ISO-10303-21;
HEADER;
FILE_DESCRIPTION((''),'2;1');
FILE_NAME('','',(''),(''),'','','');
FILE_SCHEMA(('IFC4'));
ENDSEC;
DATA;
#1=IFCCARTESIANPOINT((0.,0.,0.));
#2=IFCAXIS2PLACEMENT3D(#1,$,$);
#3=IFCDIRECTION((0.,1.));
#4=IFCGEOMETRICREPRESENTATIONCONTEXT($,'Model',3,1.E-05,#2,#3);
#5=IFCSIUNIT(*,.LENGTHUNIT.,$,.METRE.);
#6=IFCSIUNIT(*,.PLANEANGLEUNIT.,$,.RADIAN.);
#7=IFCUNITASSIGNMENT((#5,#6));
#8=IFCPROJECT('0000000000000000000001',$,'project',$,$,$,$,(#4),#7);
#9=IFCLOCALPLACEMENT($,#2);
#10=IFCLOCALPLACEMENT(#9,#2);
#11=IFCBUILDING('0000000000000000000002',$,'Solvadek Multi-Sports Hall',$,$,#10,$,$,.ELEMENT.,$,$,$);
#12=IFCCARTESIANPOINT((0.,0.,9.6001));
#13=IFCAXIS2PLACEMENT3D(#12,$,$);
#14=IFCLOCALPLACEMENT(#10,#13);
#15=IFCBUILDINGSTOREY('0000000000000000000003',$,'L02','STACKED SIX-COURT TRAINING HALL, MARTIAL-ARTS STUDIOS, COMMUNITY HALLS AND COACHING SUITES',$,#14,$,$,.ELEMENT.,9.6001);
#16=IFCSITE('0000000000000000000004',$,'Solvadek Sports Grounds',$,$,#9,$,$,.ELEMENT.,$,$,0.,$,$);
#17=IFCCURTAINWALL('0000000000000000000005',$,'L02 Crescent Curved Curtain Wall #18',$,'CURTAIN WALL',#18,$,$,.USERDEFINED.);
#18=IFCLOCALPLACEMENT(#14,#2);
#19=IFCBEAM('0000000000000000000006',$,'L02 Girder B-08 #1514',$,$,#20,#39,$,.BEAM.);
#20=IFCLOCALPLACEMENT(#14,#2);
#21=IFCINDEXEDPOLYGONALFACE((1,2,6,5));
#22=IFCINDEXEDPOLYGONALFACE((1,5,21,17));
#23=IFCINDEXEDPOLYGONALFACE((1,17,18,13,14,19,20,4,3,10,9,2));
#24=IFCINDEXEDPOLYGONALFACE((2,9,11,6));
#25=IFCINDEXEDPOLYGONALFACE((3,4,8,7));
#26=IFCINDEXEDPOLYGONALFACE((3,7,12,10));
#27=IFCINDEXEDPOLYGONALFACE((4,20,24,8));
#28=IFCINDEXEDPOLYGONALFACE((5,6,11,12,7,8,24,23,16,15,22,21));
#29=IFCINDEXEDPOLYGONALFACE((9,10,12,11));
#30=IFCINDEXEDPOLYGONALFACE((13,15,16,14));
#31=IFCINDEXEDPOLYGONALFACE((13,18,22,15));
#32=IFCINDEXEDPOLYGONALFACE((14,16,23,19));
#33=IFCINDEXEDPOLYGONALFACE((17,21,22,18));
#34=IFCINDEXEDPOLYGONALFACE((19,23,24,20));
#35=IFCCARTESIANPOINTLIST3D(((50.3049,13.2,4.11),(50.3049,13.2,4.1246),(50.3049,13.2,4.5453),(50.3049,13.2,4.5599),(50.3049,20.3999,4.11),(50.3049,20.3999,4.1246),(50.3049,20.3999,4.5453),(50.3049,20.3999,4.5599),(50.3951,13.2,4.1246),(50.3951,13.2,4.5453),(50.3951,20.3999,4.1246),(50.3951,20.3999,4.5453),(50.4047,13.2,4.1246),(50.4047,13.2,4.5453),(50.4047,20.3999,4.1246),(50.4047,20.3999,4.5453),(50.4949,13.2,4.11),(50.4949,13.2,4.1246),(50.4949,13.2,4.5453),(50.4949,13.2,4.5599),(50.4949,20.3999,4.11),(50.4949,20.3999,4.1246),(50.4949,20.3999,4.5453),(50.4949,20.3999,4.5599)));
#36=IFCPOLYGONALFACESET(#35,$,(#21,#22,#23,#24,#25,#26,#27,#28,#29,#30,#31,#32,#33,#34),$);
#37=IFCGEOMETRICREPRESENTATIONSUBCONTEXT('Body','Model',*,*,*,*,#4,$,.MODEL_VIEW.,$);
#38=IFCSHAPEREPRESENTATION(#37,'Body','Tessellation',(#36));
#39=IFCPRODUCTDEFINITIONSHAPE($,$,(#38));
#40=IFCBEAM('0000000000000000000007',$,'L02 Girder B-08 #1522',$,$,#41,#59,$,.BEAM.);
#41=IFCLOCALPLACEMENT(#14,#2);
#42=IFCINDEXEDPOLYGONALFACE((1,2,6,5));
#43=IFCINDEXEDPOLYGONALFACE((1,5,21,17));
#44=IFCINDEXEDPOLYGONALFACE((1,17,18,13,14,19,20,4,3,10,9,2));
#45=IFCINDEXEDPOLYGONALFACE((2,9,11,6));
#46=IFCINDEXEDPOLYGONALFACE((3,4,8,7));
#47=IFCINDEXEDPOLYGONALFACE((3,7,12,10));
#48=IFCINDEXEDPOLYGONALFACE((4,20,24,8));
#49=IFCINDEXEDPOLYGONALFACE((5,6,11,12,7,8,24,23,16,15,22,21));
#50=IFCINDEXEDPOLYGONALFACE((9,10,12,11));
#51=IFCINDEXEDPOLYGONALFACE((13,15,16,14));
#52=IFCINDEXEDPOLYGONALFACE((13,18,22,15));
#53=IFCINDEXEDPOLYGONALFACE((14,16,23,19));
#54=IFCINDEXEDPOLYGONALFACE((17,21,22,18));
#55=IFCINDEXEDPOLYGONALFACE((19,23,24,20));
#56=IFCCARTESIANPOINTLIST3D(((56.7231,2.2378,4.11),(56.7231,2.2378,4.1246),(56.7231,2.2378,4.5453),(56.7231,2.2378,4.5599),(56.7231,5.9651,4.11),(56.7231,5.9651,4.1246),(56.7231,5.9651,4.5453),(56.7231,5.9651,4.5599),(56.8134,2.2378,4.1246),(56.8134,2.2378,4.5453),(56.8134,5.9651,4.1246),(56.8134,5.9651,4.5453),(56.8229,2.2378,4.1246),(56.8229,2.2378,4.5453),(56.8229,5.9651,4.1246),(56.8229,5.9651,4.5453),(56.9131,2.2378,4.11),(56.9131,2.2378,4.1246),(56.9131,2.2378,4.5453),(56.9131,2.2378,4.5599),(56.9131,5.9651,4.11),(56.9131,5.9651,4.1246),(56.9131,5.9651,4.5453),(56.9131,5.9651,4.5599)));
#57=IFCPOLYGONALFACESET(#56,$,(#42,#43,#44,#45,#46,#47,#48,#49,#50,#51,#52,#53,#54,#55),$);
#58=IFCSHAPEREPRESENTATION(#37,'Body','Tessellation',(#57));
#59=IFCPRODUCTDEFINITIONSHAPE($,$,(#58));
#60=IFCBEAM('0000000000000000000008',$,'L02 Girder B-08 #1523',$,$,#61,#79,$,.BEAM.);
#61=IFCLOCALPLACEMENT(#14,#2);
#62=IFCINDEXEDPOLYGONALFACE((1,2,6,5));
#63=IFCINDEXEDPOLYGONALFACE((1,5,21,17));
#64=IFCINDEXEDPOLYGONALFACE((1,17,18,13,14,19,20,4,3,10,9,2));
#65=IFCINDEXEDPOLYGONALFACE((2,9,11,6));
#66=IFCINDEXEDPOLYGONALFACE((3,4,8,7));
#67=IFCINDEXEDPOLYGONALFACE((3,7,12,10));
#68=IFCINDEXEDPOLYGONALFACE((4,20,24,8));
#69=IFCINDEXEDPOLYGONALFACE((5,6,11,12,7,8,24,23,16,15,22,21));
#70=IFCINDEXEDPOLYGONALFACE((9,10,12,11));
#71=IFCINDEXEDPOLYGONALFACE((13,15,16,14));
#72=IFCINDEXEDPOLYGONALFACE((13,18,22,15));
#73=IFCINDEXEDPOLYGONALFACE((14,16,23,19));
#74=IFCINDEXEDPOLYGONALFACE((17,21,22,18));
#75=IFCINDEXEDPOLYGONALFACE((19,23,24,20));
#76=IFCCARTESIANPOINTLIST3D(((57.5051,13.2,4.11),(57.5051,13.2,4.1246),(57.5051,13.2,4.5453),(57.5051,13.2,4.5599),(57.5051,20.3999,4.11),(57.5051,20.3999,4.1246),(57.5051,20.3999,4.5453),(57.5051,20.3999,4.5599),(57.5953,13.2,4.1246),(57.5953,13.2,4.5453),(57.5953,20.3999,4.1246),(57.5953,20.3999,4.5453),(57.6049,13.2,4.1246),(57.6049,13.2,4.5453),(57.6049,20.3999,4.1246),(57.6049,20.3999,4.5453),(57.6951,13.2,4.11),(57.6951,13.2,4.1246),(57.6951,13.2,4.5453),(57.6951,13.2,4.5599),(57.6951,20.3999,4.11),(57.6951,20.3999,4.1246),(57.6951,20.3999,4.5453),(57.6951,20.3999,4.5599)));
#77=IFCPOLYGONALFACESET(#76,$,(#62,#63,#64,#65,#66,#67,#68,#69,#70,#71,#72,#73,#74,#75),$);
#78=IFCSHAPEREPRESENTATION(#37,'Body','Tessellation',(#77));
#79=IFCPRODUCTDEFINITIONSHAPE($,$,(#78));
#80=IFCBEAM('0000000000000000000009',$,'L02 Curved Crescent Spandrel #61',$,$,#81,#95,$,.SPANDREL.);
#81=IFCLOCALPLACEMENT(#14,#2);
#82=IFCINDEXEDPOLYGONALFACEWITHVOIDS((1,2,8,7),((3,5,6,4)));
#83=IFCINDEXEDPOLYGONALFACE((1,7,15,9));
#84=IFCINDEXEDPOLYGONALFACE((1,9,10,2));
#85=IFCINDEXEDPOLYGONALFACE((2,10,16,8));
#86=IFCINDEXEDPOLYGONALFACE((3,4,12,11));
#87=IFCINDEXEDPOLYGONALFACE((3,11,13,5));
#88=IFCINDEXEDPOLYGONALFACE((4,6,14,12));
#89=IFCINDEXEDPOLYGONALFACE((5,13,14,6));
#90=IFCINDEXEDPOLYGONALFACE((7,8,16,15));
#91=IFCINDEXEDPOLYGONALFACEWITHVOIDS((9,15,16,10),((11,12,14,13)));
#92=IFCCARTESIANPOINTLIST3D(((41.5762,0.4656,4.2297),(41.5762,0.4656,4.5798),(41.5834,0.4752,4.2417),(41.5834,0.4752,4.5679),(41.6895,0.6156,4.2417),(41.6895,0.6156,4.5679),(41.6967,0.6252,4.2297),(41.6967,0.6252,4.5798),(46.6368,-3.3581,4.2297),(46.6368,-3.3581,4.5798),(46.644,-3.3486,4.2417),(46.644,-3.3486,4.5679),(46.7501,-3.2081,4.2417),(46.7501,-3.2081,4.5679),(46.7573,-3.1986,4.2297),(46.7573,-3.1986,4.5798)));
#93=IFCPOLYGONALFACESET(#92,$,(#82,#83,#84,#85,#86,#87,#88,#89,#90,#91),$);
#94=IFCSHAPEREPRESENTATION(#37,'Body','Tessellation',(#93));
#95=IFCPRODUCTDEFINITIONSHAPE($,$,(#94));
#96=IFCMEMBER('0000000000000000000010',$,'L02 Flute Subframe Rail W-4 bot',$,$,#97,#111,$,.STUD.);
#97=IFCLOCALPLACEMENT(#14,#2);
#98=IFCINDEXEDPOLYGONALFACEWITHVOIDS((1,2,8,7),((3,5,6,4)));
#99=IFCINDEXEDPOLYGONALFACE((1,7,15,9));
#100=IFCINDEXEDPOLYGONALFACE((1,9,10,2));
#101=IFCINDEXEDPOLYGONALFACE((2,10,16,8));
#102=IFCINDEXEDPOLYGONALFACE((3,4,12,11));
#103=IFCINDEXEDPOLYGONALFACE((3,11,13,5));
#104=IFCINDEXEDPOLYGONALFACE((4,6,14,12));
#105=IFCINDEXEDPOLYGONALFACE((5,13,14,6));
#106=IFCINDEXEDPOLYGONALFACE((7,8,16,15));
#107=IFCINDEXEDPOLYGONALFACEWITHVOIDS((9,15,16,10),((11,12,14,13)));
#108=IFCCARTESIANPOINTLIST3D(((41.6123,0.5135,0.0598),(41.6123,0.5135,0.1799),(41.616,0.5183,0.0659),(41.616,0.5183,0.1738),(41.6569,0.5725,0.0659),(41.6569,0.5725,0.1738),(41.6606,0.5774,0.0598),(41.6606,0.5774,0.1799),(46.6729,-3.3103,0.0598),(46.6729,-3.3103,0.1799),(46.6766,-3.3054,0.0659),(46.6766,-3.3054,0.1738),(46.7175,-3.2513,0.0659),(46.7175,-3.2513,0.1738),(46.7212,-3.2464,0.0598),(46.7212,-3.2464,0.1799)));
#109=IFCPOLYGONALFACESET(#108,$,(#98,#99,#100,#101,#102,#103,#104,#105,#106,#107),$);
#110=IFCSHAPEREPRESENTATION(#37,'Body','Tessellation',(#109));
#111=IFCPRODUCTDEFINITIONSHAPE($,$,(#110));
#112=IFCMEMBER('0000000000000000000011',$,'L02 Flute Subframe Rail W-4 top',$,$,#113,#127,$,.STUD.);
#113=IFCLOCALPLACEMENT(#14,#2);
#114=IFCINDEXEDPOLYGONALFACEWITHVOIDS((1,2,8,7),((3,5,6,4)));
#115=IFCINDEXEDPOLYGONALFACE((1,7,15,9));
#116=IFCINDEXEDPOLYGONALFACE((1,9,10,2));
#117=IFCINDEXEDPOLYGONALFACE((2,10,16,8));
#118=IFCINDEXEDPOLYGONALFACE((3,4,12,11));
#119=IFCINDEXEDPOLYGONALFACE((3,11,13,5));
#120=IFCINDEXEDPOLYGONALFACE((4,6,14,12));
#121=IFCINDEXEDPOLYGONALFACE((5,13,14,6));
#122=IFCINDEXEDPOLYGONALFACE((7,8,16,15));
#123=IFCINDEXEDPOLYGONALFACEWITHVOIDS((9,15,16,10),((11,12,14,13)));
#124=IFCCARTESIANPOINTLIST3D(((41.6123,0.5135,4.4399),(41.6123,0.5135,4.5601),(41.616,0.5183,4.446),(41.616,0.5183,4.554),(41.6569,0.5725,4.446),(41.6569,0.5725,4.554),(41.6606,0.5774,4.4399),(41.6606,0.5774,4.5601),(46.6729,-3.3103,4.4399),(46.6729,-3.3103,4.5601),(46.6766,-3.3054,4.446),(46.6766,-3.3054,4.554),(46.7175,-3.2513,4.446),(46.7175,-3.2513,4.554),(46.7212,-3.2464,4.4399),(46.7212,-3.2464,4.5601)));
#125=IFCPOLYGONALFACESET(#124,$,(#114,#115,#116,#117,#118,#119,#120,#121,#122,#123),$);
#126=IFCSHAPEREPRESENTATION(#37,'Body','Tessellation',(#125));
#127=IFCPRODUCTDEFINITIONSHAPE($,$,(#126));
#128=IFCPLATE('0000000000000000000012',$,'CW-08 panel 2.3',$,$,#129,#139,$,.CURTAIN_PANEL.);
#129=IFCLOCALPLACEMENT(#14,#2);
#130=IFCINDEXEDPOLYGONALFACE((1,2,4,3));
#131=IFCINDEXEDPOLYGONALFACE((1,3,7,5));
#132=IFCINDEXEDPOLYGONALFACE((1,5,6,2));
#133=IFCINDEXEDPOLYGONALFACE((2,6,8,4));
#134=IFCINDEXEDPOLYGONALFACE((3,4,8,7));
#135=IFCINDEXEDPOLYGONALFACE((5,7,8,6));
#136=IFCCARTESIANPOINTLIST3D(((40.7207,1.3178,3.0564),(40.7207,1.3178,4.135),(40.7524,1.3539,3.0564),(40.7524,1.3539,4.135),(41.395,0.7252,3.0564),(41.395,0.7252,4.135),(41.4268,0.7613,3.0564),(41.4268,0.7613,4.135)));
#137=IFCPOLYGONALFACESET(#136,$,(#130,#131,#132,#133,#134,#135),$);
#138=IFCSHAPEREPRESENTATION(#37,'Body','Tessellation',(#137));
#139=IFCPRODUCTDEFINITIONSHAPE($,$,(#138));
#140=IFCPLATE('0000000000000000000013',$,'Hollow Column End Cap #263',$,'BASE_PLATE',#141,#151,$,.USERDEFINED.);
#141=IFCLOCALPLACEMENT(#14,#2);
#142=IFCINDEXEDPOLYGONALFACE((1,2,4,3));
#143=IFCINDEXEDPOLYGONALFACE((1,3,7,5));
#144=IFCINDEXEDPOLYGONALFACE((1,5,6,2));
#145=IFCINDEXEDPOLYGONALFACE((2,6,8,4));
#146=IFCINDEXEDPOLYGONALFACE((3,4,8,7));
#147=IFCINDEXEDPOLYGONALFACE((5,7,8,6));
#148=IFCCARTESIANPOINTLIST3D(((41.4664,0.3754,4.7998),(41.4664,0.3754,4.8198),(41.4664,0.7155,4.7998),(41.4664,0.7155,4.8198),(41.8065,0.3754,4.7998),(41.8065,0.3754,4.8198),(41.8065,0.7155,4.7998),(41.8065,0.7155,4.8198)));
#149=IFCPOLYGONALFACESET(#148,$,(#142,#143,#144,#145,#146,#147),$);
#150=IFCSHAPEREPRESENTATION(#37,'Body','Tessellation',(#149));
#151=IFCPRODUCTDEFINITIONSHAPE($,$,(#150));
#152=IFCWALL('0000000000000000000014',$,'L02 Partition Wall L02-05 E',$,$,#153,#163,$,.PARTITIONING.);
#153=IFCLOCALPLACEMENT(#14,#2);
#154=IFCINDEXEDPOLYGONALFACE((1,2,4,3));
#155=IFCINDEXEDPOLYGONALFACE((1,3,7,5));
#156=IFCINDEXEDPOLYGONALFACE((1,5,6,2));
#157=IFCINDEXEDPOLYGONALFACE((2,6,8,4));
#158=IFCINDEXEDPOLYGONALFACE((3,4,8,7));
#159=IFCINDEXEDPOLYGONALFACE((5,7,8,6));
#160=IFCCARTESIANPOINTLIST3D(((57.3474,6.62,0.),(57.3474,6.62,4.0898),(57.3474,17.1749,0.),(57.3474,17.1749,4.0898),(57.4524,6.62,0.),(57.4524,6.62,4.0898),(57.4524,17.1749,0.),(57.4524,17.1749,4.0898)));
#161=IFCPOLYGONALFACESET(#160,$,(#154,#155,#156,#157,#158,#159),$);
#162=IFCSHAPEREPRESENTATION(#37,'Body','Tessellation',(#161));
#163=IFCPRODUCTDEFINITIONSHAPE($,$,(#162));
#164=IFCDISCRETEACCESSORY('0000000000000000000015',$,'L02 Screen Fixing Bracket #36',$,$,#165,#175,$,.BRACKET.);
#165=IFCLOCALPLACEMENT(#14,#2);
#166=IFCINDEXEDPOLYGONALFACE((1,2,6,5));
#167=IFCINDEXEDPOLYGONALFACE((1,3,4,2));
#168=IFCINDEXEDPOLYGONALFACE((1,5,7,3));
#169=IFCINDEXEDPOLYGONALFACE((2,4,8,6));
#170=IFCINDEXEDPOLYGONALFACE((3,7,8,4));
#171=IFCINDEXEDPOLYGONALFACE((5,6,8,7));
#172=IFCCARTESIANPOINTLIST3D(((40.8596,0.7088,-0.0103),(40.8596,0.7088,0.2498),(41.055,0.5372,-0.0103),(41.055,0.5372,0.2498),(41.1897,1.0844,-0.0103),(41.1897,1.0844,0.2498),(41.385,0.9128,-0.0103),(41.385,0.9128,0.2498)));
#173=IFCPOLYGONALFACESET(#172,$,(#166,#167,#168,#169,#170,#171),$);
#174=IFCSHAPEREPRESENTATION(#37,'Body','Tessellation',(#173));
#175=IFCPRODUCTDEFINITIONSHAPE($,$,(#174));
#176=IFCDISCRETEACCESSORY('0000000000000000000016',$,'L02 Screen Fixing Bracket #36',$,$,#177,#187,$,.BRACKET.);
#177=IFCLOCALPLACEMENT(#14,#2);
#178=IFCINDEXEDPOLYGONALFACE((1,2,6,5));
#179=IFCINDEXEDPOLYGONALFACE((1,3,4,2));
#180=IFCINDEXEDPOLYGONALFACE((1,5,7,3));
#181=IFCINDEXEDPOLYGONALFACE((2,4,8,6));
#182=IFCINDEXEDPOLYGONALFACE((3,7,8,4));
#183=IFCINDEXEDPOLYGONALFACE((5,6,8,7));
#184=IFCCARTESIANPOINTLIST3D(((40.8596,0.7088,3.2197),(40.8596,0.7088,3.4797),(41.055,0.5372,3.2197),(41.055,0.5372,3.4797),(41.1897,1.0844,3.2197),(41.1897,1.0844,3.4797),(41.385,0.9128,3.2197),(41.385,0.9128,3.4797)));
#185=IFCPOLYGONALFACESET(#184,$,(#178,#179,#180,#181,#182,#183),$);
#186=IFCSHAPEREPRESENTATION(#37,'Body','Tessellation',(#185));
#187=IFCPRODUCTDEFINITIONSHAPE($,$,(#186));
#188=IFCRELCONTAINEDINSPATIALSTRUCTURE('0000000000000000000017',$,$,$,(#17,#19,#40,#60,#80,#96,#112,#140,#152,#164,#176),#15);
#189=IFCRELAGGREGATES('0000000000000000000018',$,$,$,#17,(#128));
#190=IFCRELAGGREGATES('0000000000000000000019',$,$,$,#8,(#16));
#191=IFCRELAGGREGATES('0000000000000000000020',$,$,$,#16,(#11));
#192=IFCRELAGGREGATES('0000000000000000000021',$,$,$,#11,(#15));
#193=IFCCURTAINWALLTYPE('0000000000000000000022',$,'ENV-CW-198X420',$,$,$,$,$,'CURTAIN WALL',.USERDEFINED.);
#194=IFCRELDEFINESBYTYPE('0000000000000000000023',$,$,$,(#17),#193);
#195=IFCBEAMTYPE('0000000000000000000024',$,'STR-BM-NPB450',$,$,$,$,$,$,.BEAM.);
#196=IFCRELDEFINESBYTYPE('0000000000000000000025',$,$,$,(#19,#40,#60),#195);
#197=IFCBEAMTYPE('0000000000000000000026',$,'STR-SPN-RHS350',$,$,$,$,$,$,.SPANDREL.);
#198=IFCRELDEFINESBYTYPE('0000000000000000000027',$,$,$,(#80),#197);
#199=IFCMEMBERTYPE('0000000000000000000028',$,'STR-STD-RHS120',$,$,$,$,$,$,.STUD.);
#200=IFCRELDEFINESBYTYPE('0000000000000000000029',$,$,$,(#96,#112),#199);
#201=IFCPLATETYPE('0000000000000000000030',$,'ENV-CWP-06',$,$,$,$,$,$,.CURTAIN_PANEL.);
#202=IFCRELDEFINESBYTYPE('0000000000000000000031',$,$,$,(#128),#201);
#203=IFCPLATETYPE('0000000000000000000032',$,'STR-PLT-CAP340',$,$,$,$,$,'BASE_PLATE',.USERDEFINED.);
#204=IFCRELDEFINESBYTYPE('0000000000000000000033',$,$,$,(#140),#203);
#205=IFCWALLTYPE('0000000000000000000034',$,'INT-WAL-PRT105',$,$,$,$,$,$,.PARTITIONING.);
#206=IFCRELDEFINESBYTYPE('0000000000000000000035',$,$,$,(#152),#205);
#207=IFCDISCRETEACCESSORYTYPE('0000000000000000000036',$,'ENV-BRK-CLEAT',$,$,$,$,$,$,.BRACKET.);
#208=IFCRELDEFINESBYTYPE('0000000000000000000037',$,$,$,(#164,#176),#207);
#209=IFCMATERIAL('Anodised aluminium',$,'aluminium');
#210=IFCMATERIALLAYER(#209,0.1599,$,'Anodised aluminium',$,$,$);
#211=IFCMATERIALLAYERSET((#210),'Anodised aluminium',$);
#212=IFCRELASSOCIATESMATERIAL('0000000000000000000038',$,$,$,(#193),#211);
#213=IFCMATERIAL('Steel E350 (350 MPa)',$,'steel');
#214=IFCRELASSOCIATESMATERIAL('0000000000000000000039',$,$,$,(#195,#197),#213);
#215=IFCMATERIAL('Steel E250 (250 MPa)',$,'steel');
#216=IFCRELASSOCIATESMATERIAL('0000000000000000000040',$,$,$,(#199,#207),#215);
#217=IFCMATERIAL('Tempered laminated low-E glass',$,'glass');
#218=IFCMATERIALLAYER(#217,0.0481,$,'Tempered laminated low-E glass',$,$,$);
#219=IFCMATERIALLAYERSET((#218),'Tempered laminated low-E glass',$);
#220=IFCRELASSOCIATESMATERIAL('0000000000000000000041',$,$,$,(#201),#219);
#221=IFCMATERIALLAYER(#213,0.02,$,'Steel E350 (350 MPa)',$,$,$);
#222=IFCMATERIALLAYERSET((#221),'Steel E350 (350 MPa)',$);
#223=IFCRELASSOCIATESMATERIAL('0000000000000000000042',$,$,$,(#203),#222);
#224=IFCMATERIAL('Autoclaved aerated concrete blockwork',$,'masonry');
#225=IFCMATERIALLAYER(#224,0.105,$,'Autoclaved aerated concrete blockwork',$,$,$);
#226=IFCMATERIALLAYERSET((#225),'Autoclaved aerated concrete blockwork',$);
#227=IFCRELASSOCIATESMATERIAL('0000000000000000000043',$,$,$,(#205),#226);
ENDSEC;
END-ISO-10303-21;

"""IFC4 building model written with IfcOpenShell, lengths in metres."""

from ifc_helpers import new_model, si_unit, direction, frame, frame_2d, origin, origin_2d, place, context, subcontext, project, spatial, rectangle, hollow_rectangle, i_section, extrude, material, layer, layer_set, material_profile, profile_set, type_object, element, aggregate, save


model = new_model("IFC4")

# Units and contexts
model_context = context("Model", 3, precision=1e-05, world=origin(), true_north=direction((0.0, 1.0)))
body_context = subcontext(model_context, "Body", "Model", "MODEL_VIEW")
ifc_project = project(units=[si_unit("LENGTHUNIT", "METRE"), si_unit("PLANEANGLEUNIT", "RADIAN")], contexts=[model_context])

# Site, building, storey
site_placement = place(None, origin())
site = spatial("IfcSite", under=ifc_project, at=site_placement, Name="Solvadek Sports Grounds", CompositionType="ELEMENT", RefElevation=0.0)
building_placement = place(site_placement, origin())
building = spatial("IfcBuilding", under=site, at=building_placement, Name="Solvadek Multi-Sports Hall", CompositionType="ELEMENT")
storey_placement = place(building_placement, frame((0.0, 0.0, 9.6001)))
storey = spatial("IfcBuildingStorey", under=building, at=storey_placement, Name="L02", Description="STACKED SIX-COURT TRAINING HALL, MARTIAL-ARTS STUDIOS, COMMUNITY HALLS AND COACHING SUITES", CompositionType="ELEMENT", Elevation=9.6001)

# Shared definitions
ifc_material_1 = material(Name="Steel E350 (350 MPa)", Category="steel")

# Curtain wall
ifc_material_2 = material(Name="Anodised aluminium", Category="aluminium")
ifc_layer_1 = layer(ifc_material_2, 0.1599, Name="Anodised aluminium")
ifc_layer_set_1 = layer_set([ifc_layer_1], Name="Anodised aluminium")
curtain_wall_type_1 = type_object("IfcCurtainWallType", Name="ENV-CW-198X420", ElementType="CURTAIN WALL", PredefinedType="USERDEFINED", material=ifc_layer_set_1)
curtain_wall_1_placement = place(storey_placement, origin())
curtain_wall_1 = element("IfcCurtainWall", 1, at=curtain_wall_1_placement, inside=storey, type_object=curtain_wall_type_1, Name="L02 Crescent Curved Curtain Wall #18", ObjectType="CURTAIN WALL", PredefinedType="USERDEFINED")

# Beams
ifc_material_profile_1 = material_profile(ifc_material_1, i_section(OverallWidth=0.1899, OverallDepth=0.45, WebThickness=0.0095, FlangeThickness=0.0146, at=origin_2d()), Name="NPB 450")
ifc_profile_set_1 = profile_set([ifc_material_profile_1], Name="Steel E350 (350 MPa)")
beam_type_1 = type_object("IfcBeamType", Name="STR-BM-NPB450", PredefinedType="BEAM", material=ifc_profile_set_1)
for number, where, z_axis, x_axis, name in (
    (2, (50.3999, 13.2, 4.335), (0.0, 1.0, 0.0), (-1.0, 0.0, 0.0), "L02 Girder B-08 #1514"),
):
    element("IfcBeam", number, at=place(storey_placement, frame(where, z_axis=z_axis, x_axis=x_axis)), inside=storey, type_object=beam_type_1, Name=name, PredefinedType="BEAM", context=body_context, shape_type="SweptSolid", body=[
        extrude(i_section(OverallWidth=0.1899, OverallDepth=0.45, WebThickness=0.0095, FlangeThickness=0.0146, at=origin_2d()), origin(), (0.0, 0.0, 1.0), 7.2),
    ])
beam_1_placement = place(storey_placement, frame((56.8181, 2.2378, 4.335), z_axis=(0.0, 1.0, 0.0), x_axis=(-1.0, 0.0, 0.0)))
element("IfcBeam", 3, at=beam_1_placement, inside=storey, type_object=beam_type_1, Name="L02 Girder B-08 #1522", PredefinedType="BEAM", context=body_context, shape_type="SweptSolid", body=[
    extrude(i_section(OverallWidth=0.1899, OverallDepth=0.45, WebThickness=0.0095, FlangeThickness=0.0146, at=origin_2d()), origin(), (0.0, 0.0, 1.0), 3.7273),
])
beam_2_placement = place(storey_placement, frame((57.6001, 13.2, 4.335), z_axis=(0.0, 1.0, 0.0), x_axis=(-1.0, 0.0, 0.0)))
element("IfcBeam", 4, at=beam_2_placement, inside=storey, type_object=beam_type_1, Name="L02 Girder B-08 #1523", PredefinedType="BEAM", context=body_context, shape_type="SweptSolid", body=[
    extrude(i_section(OverallWidth=0.1899, OverallDepth=0.45, WebThickness=0.0095, FlangeThickness=0.0146, at=origin_2d()), origin(), (0.0, 0.0, 1.0), 7.2),
])
ifc_material_profile_2 = material_profile(ifc_material_1, hollow_rectangle(XDim=0.2, YDim=0.3501, WallThickness=0.012, at=origin_2d()), Name="RHS 350x200x12")
ifc_profile_set_2 = profile_set([ifc_material_profile_2], Name="Steel E350 (350 MPa)")
beam_type_2 = type_object("IfcBeamType", Name="STR-SPN-RHS350", PredefinedType="SPANDREL", material=ifc_profile_set_2)
beam_3_placement = place(storey_placement, frame((41.6365, 0.5454, 4.4048), z_axis=(0.797852, -0.602854, 0.0), x_axis=(0.602854, 0.797852, 0.0)))
element("IfcBeam", 5, at=beam_3_placement, inside=storey, type_object=beam_type_2, Name="L02 Curved Crescent Spandrel #61", PredefinedType="SPANDREL", context=body_context, shape_type="SweptSolid", body=[
    extrude(hollow_rectangle(XDim=0.2, YDim=0.3501, WallThickness=0.012, at=origin_2d()), origin(), (0.0, 0.0, 1.0), 6.3428),
])

# Members
ifc_material_3 = material(Name="Steel E250 (250 MPa)", Category="steel")
ifc_material_profile_3 = material_profile(ifc_material_3, hollow_rectangle(XDim=0.0801, YDim=0.1201, WallThickness=0.0061, at=origin_2d()), Name="RHS 120x80x6")
ifc_profile_set_3 = profile_set([ifc_material_profile_3], Name="Steel E250 (250 MPa)")
member_type_1 = type_object("IfcMemberType", Name="STR-STD-RHS120", PredefinedType="STUD", material=ifc_profile_set_3)
for number, where, z_axis, x_axis, name in (
    (6, (41.6365, 0.5454, 0.1199), (0.797852, -0.602854, 0.0), (0.602854, 0.797852, 0.0), "L02 Flute Subframe Rail W-4 bot"),
    (7, (41.6365, 0.5454, 4.5), (0.797852, -0.602854, 0.0), (0.602854, 0.797852, 0.0), "L02 Flute Subframe Rail W-4 top"),
):
    element("IfcMember", number, at=place(storey_placement, frame(where, z_axis=z_axis, x_axis=x_axis)), inside=storey, type_object=member_type_1, Name=name, PredefinedType="STUD", context=body_context, shape_type="SweptSolid", body=[
        extrude(hollow_rectangle(XDim=0.0801, YDim=0.1201, WallThickness=0.0061, at=origin_2d()), origin(), (0.0, 0.0, 1.0), 6.3428),
    ])

# Plates
ifc_material_4 = material(Name="Tempered laminated low-E glass", Category="glass")
ifc_layer_2 = layer(ifc_material_4, 0.0481, Name="Tempered laminated low-E glass")
ifc_layer_set_2 = layer_set([ifc_layer_2], Name="Tempered laminated low-E glass")
plate_type_1 = type_object("IfcPlateType", Name="ENV-CWP-06", PredefinedType="CURTAIN_PANEL", material=ifc_layer_set_2)
plate_1_placement = place(storey_placement, frame((41.0737, 1.0396, 3.0564), z_axis=(0.0, 0.0, 1.0), x_axis=(0.751217, -0.660055, 0.0)))
plate_1 = element("IfcPlate", 8, at=plate_1_placement, type_object=plate_type_1, Name="CW-08 panel 2.3", PredefinedType="CURTAIN_PANEL", context=body_context, shape_type="SweptSolid", body=[
    extrude(rectangle(XDim=0.8977, YDim=0.0481, at=origin_2d()), origin(), (0.0, 0.0, 1.0), 1.0786),
])
aggregate(curtain_wall_1, [plate_1])
ifc_layer_3 = layer(ifc_material_1, 0.02, Name="Steel E350 (350 MPa)")
ifc_layer_set_3 = layer_set([ifc_layer_3], Name="Steel E350 (350 MPa)")
plate_type_2 = type_object("IfcPlateType", Name="STR-PLT-CAP340", ElementType="BASE_PLATE", PredefinedType="USERDEFINED", material=ifc_layer_set_3)
plate_2_placement = place(storey_placement, frame((41.6365, 0.5454, 4.7998), z_axis=(0.0, 0.0, 1.0), x_axis=(1.0, 0.0, 0.0)))
element("IfcPlate", 9, at=plate_2_placement, inside=storey, type_object=plate_type_2, Name="Hollow Column End Cap #263", ObjectType="BASE_PLATE", PredefinedType="USERDEFINED", context=body_context, shape_type="SweptSolid", body=[
    extrude(rectangle(XDim=0.3401, YDim=0.3401, at=origin_2d()), origin(), (0.0, 0.0, 1.0), 0.02),
])

# Wall
ifc_material_5 = material(Name="Autoclaved aerated concrete blockwork", Category="masonry")
ifc_layer_4 = layer(ifc_material_5, 0.105, Name="Autoclaved aerated concrete blockwork")
ifc_layer_set_4 = layer_set([ifc_layer_4], Name="Autoclaved aerated concrete blockwork")
wall_type = type_object("IfcWallType", Name="INT-WAL-PRT105", PredefinedType="PARTITIONING", material=ifc_layer_set_4)
wall_placement = place(storey_placement, frame((57.3999, 6.6201, 0.0), z_axis=(0.0, 0.0, 1.0), x_axis=(0.0, 1.0, 0.0)))
element("IfcWall", 10, at=wall_placement, inside=storey, type_object=wall_type, Name="L02 Partition Wall L02-05 E", PredefinedType="PARTITIONING", context=body_context, shape_type="SweptSolid", body=[
    extrude(rectangle(XDim=10.5549, YDim=0.105, at=frame_2d((5.2773, 0.0))), origin(), (0.0, 0.0, 1.0), 4.0898),
])

# Discrete accessories
discrete_accessory_type = type_object("IfcDiscreteAccessoryType", Name="ENV-BRK-CLEAT", PredefinedType="BRACKET", material=ifc_material_3)
for number, where, z_axis, x_axis, name in (
    (11, (41.1223, 0.8108, -0.0103), (0.0, 0.0, 1.0), (0.751215, -0.660057, 0.0), "L02 Screen Fixing Bracket #36"),
    (12, (41.1223, 0.8108, 3.2197), (0.0, 0.0, 1.0), (0.751215, -0.660057, 0.0), "L02 Screen Fixing Bracket #36"),
):
    element("IfcDiscreteAccessory", number, at=place(storey_placement, frame(where, z_axis=z_axis, x_axis=x_axis)), inside=storey, type_object=discrete_accessory_type, Name=name, PredefinedType="BRACKET", context=body_context, shape_type="SweptSolid", body=[
        extrude(rectangle(XDim=0.26, YDim=0.5, at=origin_2d()), origin(), (0.0, 0.0, 1.0), 0.26),
    ])

save(model, "model.ifc")
